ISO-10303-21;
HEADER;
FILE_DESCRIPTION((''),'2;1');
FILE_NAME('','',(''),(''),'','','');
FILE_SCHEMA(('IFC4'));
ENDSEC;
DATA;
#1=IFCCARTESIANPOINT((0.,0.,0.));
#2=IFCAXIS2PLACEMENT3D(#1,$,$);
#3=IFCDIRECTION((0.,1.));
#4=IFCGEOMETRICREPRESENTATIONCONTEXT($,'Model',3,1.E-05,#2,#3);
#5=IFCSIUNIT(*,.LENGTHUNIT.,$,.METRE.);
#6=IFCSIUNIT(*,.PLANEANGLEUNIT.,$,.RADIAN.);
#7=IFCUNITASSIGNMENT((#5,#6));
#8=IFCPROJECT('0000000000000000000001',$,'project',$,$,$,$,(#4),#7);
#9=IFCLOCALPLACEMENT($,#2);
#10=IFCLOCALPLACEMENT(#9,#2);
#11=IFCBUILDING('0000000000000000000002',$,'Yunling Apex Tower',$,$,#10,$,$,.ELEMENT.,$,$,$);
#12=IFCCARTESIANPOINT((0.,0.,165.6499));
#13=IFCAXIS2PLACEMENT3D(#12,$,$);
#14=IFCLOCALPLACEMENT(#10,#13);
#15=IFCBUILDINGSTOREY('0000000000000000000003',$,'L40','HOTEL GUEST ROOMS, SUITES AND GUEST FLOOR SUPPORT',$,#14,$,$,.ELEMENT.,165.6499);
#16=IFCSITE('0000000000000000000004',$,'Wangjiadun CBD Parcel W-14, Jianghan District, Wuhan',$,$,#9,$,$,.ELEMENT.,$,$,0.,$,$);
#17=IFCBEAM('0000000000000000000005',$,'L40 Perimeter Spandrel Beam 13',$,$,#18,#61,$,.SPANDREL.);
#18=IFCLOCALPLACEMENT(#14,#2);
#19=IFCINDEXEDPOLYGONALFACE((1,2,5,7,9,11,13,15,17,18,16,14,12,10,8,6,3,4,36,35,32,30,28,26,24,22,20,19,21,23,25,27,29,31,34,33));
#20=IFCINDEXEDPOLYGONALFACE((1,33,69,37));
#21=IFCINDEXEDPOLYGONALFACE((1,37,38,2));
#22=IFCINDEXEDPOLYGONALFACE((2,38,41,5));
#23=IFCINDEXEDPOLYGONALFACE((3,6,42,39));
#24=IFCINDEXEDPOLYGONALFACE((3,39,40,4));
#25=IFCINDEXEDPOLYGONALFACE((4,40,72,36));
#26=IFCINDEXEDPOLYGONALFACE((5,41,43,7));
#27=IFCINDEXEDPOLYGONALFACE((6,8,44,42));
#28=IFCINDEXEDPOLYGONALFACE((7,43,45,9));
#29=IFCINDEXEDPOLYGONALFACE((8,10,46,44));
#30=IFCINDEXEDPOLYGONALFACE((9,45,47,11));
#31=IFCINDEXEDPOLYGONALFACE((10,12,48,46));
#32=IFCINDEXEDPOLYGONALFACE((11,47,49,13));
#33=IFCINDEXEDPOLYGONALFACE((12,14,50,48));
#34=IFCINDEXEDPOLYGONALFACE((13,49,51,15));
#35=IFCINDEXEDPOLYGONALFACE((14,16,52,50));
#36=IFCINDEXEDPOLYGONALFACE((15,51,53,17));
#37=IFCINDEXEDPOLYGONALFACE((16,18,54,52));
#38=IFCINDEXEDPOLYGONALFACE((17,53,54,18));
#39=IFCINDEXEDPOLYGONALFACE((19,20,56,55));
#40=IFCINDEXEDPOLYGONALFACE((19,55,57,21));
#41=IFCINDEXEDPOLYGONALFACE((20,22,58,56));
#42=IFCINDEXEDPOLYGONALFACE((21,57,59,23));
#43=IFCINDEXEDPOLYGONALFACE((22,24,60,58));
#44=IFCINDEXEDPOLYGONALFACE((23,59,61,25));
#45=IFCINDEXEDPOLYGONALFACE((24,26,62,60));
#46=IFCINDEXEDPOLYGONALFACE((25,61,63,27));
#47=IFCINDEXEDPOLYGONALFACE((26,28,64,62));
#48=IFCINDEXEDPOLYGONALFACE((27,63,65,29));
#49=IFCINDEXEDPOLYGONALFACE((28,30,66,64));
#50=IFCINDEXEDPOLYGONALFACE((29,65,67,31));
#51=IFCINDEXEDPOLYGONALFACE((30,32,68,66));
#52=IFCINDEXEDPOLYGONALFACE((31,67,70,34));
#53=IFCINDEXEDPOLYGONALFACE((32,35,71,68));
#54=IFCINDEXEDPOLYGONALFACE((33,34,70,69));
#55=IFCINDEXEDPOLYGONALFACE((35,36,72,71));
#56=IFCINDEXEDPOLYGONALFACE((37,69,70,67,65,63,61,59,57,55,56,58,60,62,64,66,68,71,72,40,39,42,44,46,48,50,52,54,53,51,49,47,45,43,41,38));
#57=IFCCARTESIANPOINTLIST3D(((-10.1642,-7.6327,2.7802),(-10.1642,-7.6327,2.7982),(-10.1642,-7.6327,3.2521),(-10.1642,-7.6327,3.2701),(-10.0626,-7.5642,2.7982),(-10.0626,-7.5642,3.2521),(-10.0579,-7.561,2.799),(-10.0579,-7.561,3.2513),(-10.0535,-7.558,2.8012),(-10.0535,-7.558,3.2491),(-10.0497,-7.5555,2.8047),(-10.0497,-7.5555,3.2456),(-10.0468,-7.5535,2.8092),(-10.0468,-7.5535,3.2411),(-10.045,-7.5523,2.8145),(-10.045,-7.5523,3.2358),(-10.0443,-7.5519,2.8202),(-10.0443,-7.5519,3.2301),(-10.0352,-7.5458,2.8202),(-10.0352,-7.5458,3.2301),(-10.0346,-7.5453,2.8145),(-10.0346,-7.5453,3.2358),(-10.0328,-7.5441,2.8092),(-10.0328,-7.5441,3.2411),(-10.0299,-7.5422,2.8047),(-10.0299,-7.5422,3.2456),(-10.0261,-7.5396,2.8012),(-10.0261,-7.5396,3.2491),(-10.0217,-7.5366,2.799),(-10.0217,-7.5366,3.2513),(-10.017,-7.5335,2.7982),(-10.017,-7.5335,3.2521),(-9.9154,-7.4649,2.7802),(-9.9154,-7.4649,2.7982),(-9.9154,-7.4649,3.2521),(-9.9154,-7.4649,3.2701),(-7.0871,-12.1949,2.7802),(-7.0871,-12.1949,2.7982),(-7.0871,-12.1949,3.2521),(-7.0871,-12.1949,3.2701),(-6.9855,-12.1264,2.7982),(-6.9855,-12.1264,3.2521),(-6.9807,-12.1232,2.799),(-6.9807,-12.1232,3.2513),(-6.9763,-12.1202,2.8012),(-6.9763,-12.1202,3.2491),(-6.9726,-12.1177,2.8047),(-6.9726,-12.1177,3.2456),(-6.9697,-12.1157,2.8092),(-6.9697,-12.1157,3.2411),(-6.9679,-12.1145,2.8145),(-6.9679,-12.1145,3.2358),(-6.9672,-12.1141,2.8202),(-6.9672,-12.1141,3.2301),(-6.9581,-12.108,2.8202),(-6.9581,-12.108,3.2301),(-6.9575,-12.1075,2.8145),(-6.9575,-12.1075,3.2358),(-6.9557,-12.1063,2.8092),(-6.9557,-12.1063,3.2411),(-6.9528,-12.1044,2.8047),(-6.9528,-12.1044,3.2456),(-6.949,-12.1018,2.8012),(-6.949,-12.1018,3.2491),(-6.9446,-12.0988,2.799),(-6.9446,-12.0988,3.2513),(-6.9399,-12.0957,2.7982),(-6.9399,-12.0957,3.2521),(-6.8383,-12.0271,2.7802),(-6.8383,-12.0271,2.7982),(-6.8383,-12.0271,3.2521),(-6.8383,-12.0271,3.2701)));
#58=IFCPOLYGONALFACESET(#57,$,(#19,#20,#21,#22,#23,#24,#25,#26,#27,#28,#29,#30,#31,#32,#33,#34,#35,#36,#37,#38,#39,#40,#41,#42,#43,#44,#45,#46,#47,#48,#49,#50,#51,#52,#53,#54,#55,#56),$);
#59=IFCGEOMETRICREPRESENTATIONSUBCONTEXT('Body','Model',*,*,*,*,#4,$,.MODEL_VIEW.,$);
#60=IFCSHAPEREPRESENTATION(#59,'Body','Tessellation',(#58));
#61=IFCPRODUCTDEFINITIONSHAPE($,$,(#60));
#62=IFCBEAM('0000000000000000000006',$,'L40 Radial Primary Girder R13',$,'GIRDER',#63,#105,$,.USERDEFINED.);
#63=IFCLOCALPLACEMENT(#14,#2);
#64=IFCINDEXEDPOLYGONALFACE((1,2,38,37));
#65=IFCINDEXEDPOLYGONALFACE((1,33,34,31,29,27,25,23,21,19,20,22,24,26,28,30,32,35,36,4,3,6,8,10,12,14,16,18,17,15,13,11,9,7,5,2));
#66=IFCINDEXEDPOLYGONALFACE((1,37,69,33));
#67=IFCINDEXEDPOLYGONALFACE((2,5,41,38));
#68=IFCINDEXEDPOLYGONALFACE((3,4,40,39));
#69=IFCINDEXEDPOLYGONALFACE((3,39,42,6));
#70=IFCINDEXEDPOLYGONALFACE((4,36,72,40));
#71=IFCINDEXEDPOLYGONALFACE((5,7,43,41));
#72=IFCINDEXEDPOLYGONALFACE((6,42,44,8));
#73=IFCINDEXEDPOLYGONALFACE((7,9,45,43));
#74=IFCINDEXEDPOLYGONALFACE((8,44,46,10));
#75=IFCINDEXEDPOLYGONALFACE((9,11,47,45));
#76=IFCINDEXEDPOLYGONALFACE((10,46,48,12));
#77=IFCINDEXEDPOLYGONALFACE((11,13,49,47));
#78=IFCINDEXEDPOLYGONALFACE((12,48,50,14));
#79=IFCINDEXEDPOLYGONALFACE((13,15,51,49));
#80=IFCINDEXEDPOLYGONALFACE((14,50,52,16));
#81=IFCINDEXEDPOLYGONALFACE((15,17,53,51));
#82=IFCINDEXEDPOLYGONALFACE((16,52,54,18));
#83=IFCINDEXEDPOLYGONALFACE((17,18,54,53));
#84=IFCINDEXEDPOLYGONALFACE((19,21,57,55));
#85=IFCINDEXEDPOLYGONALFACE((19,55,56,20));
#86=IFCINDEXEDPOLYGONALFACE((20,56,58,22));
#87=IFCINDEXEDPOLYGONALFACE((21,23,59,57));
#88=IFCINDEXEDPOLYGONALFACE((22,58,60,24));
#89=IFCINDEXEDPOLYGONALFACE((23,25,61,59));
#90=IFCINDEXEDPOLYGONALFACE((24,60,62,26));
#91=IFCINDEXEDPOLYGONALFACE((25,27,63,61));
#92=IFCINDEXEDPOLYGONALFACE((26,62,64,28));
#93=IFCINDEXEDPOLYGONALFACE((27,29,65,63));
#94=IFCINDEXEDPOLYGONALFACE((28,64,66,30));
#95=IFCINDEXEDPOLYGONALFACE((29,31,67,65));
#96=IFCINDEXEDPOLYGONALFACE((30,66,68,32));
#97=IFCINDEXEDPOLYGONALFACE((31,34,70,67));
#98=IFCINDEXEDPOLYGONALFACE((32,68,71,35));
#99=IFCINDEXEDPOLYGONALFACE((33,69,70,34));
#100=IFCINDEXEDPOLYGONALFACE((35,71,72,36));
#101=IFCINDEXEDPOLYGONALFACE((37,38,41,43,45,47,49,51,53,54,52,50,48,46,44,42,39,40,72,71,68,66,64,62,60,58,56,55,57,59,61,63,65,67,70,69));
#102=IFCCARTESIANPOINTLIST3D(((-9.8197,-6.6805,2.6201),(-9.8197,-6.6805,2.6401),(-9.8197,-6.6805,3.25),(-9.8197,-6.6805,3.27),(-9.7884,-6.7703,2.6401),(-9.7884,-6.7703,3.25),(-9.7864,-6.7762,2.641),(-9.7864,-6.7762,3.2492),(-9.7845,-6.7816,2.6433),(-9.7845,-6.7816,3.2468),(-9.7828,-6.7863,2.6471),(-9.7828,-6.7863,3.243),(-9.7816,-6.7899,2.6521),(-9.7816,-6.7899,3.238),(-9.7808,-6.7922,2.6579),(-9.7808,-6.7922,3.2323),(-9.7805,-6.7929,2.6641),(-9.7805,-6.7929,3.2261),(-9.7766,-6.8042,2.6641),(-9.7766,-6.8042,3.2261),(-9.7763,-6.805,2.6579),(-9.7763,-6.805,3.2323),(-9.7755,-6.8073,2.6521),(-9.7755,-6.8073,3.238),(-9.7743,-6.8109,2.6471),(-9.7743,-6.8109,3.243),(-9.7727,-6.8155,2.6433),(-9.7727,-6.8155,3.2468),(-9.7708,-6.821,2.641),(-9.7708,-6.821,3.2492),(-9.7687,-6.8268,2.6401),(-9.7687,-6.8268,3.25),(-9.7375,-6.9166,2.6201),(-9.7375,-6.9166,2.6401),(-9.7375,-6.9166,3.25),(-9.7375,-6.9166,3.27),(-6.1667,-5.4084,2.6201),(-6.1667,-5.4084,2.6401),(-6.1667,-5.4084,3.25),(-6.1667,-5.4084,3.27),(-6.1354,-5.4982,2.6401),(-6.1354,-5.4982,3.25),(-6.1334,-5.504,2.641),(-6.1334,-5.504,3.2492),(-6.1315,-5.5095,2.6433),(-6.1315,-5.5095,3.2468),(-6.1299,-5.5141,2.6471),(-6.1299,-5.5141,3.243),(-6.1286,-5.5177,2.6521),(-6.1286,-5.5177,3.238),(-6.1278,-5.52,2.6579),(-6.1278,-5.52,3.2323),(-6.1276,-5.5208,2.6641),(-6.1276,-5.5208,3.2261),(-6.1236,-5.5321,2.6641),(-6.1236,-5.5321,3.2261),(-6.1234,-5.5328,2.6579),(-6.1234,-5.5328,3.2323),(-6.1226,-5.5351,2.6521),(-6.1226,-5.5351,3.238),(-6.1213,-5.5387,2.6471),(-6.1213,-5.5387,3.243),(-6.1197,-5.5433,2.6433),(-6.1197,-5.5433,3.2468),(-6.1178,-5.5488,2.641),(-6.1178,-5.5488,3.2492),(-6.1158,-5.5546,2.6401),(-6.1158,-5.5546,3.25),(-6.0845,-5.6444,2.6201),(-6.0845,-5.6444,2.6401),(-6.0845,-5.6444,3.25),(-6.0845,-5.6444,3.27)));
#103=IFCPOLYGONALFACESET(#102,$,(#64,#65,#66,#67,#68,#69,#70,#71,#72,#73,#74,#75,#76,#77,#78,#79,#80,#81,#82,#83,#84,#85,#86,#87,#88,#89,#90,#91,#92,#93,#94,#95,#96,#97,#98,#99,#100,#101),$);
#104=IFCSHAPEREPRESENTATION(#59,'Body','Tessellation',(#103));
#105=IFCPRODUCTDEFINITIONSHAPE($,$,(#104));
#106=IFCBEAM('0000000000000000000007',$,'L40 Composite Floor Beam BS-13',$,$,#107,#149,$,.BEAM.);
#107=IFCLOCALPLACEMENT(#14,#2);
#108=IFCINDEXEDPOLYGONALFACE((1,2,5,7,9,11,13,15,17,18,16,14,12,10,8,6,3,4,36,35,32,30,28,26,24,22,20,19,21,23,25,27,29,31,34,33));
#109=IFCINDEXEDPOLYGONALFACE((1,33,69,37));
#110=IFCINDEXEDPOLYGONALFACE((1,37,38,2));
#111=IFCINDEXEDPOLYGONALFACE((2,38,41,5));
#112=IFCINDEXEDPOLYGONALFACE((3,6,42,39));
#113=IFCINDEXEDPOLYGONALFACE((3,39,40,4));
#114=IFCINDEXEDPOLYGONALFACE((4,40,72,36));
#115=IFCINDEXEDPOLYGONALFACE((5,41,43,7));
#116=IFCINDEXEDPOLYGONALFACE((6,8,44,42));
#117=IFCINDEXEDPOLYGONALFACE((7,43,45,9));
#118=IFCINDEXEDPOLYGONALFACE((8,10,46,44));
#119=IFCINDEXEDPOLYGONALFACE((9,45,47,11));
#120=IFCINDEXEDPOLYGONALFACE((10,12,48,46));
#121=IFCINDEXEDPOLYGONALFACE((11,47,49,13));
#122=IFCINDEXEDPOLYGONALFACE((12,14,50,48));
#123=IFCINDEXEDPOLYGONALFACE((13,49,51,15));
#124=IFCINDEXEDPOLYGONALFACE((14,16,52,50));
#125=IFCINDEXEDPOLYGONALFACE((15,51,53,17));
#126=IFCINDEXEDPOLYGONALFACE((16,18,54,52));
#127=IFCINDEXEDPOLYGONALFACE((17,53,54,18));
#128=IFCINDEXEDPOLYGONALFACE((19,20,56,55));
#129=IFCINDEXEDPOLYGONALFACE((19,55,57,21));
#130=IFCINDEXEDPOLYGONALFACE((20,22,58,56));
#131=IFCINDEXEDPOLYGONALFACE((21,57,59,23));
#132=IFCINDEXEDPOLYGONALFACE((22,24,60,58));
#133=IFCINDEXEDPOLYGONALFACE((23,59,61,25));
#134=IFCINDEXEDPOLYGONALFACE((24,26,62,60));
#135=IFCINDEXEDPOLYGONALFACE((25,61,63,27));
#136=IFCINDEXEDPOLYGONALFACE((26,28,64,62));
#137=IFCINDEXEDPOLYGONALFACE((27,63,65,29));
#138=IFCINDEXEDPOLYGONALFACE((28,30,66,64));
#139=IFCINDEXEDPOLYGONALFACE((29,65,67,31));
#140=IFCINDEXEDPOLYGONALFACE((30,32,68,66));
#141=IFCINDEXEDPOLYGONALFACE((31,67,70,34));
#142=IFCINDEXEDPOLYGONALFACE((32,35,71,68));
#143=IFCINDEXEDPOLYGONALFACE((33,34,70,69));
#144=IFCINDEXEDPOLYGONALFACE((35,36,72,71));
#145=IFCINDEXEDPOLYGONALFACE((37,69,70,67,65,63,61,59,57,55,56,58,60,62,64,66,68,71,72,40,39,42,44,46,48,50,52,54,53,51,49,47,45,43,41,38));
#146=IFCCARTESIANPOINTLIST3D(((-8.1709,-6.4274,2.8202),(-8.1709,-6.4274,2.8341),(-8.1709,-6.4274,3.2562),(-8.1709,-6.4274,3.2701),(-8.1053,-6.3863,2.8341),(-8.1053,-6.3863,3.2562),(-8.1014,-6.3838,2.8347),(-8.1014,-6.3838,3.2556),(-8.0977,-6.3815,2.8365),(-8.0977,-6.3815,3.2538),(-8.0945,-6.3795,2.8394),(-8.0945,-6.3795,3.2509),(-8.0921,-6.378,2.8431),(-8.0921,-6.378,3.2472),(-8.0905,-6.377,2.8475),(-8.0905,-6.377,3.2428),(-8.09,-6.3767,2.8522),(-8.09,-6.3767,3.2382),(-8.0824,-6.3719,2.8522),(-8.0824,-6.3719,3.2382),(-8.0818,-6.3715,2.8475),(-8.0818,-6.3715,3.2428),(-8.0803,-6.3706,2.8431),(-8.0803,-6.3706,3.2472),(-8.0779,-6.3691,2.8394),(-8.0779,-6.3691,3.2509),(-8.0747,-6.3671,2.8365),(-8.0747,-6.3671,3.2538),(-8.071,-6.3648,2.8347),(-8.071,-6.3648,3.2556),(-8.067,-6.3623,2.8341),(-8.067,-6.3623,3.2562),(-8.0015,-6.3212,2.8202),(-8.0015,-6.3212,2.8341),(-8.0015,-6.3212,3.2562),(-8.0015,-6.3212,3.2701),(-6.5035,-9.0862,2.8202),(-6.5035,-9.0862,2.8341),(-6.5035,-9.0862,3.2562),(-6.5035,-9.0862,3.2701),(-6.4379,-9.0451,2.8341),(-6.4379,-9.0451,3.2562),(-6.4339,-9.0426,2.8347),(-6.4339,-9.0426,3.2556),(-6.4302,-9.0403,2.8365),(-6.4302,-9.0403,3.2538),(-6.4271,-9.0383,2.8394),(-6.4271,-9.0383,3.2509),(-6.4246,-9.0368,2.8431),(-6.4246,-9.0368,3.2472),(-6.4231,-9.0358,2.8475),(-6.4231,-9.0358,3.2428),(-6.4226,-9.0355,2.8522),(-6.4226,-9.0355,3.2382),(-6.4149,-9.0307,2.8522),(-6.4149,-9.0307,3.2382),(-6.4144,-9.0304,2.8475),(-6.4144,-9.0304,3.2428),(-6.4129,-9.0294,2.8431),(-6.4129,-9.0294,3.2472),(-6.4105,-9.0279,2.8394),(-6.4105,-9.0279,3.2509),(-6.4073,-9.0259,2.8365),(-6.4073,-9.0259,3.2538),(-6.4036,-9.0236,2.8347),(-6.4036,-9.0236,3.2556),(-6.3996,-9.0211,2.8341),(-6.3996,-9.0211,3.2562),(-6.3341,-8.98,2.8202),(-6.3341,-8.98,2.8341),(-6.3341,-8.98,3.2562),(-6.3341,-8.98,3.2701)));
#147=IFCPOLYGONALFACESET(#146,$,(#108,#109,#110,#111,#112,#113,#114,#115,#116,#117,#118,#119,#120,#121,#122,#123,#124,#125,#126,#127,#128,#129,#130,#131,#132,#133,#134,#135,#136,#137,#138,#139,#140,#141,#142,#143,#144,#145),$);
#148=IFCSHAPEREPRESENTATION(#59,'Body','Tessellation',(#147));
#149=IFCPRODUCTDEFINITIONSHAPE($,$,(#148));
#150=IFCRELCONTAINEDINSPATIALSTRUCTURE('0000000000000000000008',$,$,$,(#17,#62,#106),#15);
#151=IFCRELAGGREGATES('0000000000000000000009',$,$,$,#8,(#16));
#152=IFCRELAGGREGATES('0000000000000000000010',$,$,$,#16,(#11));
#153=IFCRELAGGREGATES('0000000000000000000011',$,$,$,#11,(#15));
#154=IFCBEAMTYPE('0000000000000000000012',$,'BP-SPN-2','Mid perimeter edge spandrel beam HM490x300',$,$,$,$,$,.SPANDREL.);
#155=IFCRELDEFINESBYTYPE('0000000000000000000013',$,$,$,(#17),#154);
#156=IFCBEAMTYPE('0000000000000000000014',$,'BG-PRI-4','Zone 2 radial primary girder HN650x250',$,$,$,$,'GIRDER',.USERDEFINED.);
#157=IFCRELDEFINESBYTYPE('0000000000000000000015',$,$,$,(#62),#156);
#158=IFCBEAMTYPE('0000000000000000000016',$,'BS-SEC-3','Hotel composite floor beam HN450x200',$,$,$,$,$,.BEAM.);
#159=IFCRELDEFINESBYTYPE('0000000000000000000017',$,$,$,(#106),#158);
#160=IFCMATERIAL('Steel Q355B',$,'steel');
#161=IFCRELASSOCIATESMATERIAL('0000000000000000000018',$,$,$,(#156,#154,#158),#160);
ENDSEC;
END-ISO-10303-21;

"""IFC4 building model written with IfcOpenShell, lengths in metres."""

from ifc_helpers import new_model, si_unit, direction, frame, origin, origin_2d, place, context, subcontext, project, spatial, i_section, extrude, source, transform, mapped, material, material_profile, profile_set, type_object, element, save


model = new_model("IFC4")

# Units and contexts
model_context = context("Model", 3, precision=1e-05, world=origin(), true_north=direction((0.0, 1.0)))
body_context = subcontext(model_context, "Body", "Model", "MODEL_VIEW")
ifc_project = project(units=[si_unit("LENGTHUNIT", "METRE"), si_unit("PLANEANGLEUNIT", "RADIAN")], contexts=[model_context])

# Site, building, storey
site_placement = place(None, origin())
site = spatial("IfcSite", under=ifc_project, at=site_placement, Name="Wangjiadun CBD Parcel W-14, Jianghan District, Wuhan", CompositionType="ELEMENT", RefElevation=0.0)
building_placement = place(site_placement, origin())
building = spatial("IfcBuilding", under=site, at=building_placement, Name="Yunling Apex Tower", CompositionType="ELEMENT")
storey_placement = place(building_placement, frame((0.0, 0.0, 165.6499)))
storey = spatial("IfcBuildingStorey", under=building, at=storey_placement, Name="L40", Description="HOTEL GUEST ROOMS, SUITES AND GUEST FLOOR SUPPORT", CompositionType="ELEMENT", Elevation=165.6499)

# Beams
ifc_material_1 = material(Name="Steel Q355B", Category="steel")
ifc_material_profile_1 = material_profile(ifc_material_1, i_section(OverallWidth=0.25, OverallDepth=0.6499, WebThickness=0.012, FlangeThickness=0.02, FilletRadius=0.0239, at=origin_2d()))
ifc_profile_set_1 = profile_set([ifc_material_profile_1], Name="Steel Q355B")
beam_type_1 = type_object("IfcBeamType", Name="BG-PRI-4", Description="Zone 2 radial primary girder HN650x250", ElementType="GIRDER", PredefinedType="USERDEFINED", material=ifc_profile_set_1)
ifc_material_profile_2 = material_profile(ifc_material_1, i_section(OverallWidth=0.3, OverallDepth=0.49, WebThickness=0.011, FlangeThickness=0.0181, FilletRadius=0.022, at=origin_2d()))
ifc_profile_set_2 = profile_set([ifc_material_profile_2], Name="Steel Q355B")
beam_type_2 = type_object("IfcBeamType", Name="BP-SPN-2", Description="Mid perimeter edge spandrel beam HM490x300", PredefinedType="SPANDREL", material=ifc_profile_set_2)
shared_shape_1 = source(origin(), body_context, "Body", "SweptSolid", [
    extrude(i_section(OverallWidth=0.3, OverallDepth=0.49, WebThickness=0.011, FlangeThickness=0.0181, FilletRadius=0.022, at=origin_2d()), origin(), (0.0, 0.0, 1.0), 5.5029),
])
beam_1_placement = place(storey_placement, frame((-10.0398, -7.5488, 3.0251), z_axis=(0.559176, -0.829049, 0.0), x_axis=(0.829049, 0.559176, 0.0)))
element("IfcBeam", 1, at=beam_1_placement, inside=storey, type_object=beam_type_2, Name="L40 Perimeter Spandrel Beam 13", PredefinedType="SPANDREL", context=body_context, shape_type="MappedRepresentation", body=[
    mapped(shared_shape_1, transform((0.0, 0.0, 0.0), scale=1.0)),
])
shared_shape_2 = source(origin(), body_context, "Body", "SweptSolid", [
    extrude(i_section(OverallWidth=0.25, OverallDepth=0.6499, WebThickness=0.012, FlangeThickness=0.02, FilletRadius=0.0239, at=origin_2d()), origin(), (0.0, 0.0, 1.0), 3.8682),
])
beam_2_placement = place(storey_placement, frame((-9.7786, -6.7986, 2.9451), z_axis=(0.94437, 0.328885, 0.0), x_axis=(-0.328885, 0.94437, 0.0)))
element("IfcBeam", 2, at=beam_2_placement, inside=storey, type_object=beam_type_1, Name="L40 Radial Primary Girder R13", ObjectType="GIRDER", PredefinedType="USERDEFINED", context=body_context, shape_type="MappedRepresentation", body=[
    mapped(shared_shape_2, transform((0.0, 0.0, 0.0), scale=1.0)),
])
ifc_material_profile_3 = material_profile(ifc_material_1, i_section(OverallWidth=0.2, OverallDepth=0.45, WebThickness=0.009, FlangeThickness=0.0139, FilletRadius=0.0181, at=origin_2d()))
ifc_profile_set_3 = profile_set([ifc_material_profile_3], Name="Steel Q355B")
beam_type_3 = type_object("IfcBeamType", Name="BS-SEC-3", Description="Hotel composite floor beam HN450x200", PredefinedType="BEAM", material=ifc_profile_set_3)
shared_shape_3 = source(origin(), body_context, "Body", "SweptSolid", [
    extrude(i_section(OverallWidth=0.2, OverallDepth=0.45, WebThickness=0.009, FlangeThickness=0.0139, FilletRadius=0.0181, at=origin_2d()), origin(), (0.0, 0.0, 1.0), 3.1384),
])
beam_3_placement = place(storey_placement, frame((-8.0862, -6.3743, 3.0452), z_axis=(0.531292, -0.847189, 0.0), x_axis=(0.847189, 0.531292, 0.0)))
element("IfcBeam", 3, at=beam_3_placement, inside=storey, type_object=beam_type_3, Name="L40 Composite Floor Beam BS-13", PredefinedType="BEAM", context=body_context, shape_type="MappedRepresentation", body=[
    mapped(shared_shape_3, transform((0.0, 0.0, 0.0), scale=1.0)),
])

save(model, "model.ifc")
